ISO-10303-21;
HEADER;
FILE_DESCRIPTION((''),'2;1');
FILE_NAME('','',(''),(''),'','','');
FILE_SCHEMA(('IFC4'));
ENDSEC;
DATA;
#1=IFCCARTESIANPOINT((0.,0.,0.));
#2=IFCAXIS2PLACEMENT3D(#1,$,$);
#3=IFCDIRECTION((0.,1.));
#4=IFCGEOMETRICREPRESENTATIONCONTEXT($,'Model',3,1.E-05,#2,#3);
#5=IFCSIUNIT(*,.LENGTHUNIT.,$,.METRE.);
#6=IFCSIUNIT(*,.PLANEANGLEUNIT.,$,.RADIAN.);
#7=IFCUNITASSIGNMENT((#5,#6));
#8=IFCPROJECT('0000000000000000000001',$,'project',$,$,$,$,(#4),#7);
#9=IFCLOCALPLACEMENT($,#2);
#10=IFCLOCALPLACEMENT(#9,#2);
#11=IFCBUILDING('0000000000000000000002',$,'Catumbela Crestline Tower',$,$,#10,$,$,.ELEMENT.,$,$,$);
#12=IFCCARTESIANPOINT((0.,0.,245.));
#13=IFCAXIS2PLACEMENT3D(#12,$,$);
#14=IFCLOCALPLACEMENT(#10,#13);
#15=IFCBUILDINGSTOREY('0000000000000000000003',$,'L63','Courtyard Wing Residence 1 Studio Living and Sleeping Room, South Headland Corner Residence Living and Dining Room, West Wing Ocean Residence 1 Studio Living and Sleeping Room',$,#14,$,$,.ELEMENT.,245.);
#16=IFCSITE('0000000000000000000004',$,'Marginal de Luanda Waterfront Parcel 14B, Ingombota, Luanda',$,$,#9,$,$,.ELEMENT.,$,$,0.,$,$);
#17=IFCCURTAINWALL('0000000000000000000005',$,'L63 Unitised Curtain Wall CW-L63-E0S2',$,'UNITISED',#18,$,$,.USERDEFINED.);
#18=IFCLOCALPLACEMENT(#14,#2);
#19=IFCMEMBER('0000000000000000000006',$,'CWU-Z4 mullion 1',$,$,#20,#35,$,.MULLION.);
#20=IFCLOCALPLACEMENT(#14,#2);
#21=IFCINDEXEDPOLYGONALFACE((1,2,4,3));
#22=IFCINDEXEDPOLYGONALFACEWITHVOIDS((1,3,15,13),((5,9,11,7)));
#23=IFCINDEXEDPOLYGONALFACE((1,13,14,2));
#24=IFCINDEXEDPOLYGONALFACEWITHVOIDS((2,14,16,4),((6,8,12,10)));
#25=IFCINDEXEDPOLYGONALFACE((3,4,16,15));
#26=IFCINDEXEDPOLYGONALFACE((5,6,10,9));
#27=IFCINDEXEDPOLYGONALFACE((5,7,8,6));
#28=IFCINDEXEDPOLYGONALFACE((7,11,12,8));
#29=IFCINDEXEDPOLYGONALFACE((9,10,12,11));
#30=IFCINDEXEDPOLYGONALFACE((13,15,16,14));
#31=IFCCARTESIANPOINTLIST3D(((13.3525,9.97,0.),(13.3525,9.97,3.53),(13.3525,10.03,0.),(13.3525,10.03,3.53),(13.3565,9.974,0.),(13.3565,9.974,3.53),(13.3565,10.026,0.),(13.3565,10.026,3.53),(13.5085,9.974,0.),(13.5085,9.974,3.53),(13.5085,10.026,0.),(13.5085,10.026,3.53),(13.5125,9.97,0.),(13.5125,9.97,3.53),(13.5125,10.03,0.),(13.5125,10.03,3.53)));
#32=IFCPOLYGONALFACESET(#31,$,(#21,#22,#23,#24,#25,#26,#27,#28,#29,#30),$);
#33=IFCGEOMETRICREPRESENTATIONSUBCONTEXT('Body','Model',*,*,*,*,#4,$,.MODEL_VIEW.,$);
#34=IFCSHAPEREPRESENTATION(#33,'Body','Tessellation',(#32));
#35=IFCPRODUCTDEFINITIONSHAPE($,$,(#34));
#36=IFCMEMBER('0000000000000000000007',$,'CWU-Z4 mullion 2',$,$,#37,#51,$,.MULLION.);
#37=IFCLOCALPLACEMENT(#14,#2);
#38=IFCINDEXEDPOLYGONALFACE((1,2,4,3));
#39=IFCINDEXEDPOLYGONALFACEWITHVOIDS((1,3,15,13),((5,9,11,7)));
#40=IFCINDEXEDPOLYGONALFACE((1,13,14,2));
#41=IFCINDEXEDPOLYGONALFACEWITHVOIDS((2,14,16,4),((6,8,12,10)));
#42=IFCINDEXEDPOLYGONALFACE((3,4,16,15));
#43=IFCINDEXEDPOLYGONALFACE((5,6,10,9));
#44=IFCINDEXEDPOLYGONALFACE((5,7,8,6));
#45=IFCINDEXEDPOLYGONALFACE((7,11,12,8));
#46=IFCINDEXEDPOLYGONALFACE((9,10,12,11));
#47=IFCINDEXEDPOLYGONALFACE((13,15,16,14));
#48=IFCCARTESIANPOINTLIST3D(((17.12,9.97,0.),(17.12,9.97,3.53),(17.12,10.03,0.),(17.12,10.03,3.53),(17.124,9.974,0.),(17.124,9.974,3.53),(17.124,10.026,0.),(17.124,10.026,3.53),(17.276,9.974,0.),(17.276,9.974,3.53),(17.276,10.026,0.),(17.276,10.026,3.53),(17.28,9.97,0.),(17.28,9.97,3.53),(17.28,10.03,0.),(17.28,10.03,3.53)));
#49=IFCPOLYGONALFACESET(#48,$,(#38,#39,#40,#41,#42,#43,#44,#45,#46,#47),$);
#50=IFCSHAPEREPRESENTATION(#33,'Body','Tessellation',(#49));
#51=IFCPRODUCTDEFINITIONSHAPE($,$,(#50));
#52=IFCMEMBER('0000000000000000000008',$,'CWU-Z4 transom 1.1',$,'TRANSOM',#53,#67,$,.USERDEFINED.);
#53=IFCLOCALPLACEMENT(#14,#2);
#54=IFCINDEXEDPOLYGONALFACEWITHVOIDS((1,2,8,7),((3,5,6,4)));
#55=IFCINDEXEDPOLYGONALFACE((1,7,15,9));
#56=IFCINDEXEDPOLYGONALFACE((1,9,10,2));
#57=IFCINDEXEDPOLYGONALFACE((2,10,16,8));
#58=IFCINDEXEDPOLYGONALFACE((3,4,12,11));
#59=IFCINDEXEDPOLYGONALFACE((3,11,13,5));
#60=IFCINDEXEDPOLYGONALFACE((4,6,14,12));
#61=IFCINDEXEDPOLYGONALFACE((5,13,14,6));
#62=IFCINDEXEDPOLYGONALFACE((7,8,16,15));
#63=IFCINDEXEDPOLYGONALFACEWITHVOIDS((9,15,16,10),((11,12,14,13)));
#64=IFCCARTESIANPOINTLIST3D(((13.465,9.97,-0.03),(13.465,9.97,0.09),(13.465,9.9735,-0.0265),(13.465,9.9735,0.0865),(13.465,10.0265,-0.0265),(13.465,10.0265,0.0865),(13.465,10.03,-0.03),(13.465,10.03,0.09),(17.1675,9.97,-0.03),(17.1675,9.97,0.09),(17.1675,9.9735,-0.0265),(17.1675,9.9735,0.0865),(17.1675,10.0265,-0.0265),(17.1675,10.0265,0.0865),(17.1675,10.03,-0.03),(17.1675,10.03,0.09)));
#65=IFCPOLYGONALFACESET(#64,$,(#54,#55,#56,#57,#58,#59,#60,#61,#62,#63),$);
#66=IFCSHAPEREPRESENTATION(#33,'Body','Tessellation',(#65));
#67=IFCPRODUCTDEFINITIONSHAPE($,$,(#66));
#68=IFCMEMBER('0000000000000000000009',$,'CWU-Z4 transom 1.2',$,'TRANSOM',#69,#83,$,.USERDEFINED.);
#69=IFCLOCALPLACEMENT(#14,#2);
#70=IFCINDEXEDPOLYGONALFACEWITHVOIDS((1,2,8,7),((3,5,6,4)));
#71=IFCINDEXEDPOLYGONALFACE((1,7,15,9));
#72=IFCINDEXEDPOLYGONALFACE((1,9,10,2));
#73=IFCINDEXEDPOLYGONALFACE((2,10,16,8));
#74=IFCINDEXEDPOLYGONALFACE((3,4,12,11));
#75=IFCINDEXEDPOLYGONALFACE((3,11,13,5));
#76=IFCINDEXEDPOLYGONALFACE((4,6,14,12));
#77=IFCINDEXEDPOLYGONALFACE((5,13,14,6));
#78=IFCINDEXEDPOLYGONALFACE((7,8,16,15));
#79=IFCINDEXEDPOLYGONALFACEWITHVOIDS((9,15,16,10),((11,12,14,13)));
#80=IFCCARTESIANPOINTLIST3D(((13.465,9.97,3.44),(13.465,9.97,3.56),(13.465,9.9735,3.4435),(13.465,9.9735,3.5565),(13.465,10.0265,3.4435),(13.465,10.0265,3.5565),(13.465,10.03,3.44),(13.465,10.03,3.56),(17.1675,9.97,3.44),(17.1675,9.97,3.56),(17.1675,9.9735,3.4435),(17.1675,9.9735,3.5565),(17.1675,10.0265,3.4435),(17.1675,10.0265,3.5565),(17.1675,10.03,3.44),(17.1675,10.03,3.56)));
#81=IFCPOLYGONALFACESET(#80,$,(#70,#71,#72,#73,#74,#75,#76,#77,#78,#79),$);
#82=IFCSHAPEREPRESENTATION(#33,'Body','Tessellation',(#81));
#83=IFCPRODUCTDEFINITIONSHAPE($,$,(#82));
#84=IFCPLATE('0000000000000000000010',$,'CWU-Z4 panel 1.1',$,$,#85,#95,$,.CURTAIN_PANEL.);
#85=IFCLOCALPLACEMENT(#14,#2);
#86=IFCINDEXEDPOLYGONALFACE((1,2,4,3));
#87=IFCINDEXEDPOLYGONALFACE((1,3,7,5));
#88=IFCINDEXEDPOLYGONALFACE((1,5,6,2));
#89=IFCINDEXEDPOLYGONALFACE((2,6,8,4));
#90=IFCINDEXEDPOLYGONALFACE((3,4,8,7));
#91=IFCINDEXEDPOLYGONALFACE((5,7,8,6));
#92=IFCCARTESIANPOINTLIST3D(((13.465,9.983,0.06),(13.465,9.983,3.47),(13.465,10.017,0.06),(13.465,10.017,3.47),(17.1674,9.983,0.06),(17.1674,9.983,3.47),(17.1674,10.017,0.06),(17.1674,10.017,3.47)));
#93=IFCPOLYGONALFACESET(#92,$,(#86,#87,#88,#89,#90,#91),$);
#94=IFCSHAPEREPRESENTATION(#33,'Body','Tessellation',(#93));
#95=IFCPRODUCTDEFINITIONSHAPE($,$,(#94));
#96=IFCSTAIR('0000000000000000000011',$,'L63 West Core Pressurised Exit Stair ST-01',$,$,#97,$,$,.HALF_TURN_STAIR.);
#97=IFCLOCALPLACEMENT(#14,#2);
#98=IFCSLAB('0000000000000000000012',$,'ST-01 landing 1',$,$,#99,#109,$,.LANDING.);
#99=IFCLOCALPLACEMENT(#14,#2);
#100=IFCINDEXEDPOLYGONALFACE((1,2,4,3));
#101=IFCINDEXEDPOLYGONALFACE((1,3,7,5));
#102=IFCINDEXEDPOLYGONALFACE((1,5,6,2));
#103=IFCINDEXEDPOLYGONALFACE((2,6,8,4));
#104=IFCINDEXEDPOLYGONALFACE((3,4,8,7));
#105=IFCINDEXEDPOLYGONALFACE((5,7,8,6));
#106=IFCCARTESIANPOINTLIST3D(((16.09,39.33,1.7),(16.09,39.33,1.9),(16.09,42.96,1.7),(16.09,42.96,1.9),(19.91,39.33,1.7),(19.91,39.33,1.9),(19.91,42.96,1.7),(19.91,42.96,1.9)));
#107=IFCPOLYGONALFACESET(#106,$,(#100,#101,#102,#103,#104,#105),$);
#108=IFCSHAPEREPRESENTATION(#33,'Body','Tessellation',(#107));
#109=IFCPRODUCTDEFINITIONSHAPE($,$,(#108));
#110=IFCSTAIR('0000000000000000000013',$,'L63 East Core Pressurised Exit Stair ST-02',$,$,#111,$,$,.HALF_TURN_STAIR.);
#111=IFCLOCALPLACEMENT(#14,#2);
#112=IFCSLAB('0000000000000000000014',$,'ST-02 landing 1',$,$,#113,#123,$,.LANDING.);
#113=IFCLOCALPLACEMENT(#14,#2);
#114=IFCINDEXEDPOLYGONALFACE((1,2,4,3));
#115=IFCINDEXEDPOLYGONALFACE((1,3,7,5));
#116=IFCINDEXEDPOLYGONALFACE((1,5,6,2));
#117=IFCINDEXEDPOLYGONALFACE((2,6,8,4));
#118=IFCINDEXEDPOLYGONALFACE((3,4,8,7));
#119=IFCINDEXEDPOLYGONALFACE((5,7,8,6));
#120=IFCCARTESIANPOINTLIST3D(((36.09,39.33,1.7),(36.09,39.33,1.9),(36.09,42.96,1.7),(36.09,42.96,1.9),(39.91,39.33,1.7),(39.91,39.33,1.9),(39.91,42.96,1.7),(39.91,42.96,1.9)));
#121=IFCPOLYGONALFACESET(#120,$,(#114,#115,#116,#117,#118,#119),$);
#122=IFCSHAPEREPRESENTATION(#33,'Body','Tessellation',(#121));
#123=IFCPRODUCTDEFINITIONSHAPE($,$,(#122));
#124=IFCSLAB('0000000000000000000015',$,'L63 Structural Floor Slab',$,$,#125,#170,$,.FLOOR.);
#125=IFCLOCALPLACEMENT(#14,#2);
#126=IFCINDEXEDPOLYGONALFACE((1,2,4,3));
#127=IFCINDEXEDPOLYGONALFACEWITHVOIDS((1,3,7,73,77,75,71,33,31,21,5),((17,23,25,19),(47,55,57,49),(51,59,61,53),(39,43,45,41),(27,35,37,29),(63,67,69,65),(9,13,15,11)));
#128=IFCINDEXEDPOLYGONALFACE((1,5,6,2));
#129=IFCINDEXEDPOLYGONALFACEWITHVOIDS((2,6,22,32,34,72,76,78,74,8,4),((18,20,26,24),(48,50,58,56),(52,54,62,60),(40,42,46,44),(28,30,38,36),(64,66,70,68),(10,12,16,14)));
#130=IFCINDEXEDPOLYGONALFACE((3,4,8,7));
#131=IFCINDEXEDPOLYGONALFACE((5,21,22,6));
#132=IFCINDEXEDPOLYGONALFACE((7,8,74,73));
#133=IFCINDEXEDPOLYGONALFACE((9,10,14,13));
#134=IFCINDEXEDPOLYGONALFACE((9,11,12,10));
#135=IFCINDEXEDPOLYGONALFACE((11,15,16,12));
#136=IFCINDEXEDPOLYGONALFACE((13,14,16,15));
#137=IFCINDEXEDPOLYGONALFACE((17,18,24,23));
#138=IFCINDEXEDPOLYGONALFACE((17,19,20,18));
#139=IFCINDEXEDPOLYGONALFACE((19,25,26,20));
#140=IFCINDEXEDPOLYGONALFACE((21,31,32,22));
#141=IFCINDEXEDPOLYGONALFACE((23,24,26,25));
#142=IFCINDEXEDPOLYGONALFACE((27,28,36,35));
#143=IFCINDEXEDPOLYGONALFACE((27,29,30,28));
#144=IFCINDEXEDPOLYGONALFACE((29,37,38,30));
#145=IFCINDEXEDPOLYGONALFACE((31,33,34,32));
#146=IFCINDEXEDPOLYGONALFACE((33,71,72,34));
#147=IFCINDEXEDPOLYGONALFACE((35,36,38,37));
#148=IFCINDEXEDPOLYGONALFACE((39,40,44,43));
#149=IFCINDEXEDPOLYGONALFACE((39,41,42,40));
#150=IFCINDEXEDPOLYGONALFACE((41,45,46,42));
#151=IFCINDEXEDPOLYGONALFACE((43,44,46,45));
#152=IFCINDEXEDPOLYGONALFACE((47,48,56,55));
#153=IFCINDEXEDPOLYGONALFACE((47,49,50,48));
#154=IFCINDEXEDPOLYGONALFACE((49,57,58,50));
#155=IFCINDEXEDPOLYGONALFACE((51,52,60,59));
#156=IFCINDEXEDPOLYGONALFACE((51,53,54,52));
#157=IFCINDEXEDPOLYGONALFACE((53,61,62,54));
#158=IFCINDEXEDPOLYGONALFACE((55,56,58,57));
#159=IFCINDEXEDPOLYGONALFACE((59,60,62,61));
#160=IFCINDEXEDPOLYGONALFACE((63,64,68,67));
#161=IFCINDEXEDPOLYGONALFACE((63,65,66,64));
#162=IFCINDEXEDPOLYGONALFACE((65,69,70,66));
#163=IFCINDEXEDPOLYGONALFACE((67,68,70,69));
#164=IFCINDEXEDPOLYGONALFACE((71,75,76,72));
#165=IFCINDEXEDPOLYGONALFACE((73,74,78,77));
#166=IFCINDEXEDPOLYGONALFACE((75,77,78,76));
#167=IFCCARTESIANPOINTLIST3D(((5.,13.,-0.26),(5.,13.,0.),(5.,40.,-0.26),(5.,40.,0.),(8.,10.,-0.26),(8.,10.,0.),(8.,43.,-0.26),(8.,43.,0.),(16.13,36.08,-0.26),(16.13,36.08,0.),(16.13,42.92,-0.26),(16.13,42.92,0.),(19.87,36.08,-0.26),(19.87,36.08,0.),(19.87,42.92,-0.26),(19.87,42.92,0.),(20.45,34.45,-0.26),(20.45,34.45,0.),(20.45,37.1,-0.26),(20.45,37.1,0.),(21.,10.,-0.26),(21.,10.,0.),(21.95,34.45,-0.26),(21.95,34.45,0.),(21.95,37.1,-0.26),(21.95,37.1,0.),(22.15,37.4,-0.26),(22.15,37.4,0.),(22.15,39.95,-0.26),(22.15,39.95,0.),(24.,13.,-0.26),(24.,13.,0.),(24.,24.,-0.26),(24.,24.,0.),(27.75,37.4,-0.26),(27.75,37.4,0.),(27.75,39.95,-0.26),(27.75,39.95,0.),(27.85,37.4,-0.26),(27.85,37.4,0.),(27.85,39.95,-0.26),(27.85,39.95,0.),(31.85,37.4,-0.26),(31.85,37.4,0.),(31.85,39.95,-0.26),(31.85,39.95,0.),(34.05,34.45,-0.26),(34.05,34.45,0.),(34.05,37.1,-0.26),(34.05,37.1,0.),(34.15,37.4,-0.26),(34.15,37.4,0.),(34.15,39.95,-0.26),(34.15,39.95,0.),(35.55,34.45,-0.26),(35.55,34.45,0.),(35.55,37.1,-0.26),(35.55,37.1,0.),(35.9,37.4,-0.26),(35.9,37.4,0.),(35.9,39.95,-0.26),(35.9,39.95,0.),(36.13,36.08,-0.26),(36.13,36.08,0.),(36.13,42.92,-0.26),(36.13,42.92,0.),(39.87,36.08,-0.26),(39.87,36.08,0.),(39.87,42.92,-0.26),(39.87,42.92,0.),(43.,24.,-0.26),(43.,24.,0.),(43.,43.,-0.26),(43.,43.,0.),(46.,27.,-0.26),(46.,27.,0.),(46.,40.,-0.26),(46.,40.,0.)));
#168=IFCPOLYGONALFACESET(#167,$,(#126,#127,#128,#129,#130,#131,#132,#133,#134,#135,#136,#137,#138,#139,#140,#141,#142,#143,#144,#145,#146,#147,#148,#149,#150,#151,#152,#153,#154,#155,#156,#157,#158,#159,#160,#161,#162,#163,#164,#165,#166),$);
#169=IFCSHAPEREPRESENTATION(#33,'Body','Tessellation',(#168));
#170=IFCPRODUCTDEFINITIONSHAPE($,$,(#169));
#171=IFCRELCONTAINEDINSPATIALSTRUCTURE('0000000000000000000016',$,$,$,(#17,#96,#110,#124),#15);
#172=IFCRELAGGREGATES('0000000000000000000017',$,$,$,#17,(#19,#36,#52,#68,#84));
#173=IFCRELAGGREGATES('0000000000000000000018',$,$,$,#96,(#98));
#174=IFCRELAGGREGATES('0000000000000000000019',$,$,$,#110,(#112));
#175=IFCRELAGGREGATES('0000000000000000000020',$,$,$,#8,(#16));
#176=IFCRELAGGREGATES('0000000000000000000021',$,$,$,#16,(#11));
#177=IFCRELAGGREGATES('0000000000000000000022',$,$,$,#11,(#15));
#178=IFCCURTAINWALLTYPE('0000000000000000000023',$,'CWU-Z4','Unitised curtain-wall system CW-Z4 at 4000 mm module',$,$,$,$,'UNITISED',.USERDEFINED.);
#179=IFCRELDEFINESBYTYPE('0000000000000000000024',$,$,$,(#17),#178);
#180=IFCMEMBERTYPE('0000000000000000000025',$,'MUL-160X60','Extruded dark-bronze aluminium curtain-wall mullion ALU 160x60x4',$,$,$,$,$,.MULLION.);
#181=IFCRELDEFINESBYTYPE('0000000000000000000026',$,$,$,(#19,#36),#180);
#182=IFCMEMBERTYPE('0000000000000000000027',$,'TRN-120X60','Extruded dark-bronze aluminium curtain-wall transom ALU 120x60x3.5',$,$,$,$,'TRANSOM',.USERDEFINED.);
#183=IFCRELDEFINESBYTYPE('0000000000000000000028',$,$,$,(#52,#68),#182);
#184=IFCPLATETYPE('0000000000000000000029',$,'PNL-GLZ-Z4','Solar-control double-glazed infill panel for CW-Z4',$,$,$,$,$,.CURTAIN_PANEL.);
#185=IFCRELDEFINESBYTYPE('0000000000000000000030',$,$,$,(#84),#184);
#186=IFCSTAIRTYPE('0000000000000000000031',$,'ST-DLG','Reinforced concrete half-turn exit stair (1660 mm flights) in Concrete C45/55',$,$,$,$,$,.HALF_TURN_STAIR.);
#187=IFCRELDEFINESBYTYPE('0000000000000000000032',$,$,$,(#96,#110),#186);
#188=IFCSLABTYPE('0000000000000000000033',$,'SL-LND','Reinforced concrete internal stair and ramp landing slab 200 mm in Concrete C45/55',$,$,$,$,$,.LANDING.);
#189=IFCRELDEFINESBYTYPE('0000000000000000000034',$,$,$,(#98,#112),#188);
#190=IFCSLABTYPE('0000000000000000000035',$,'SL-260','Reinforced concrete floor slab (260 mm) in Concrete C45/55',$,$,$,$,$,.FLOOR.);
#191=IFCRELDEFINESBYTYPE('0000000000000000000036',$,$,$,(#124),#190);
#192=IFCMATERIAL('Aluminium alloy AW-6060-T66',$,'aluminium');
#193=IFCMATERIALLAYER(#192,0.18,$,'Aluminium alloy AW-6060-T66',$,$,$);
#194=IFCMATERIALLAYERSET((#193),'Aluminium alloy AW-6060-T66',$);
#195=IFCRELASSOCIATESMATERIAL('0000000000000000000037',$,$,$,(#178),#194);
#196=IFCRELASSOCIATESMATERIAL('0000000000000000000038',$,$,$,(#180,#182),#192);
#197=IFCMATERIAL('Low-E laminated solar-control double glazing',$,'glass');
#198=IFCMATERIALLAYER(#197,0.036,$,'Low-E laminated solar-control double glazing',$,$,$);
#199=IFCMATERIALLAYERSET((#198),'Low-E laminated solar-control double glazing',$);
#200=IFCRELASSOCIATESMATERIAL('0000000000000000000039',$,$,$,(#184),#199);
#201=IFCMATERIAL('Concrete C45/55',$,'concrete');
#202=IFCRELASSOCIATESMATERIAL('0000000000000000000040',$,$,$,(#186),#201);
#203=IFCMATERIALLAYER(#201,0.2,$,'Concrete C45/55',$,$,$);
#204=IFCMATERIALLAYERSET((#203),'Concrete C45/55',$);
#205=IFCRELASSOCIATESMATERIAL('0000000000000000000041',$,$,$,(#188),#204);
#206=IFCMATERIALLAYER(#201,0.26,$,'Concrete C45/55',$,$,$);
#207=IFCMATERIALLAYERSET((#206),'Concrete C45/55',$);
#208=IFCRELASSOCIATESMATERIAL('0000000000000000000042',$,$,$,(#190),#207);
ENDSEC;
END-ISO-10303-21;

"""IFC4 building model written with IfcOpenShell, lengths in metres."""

from ifc_helpers import new_model, si_unit, direction, frame, origin, origin_2d, place, context, subcontext, project, spatial, polyline, rectangle, hollow_rectangle, outline, extrude, material, layer, layer_set, material_profile, profile_set, type_object, element, aggregate, save


model = new_model("IFC4")

# Units and contexts
model_context = context("Model", 3, precision=1e-05, world=origin(), true_north=direction((0.0, 1.0)))
body_context = subcontext(model_context, "Body", "Model", "MODEL_VIEW")
ifc_project = project(units=[si_unit("LENGTHUNIT", "METRE"), si_unit("PLANEANGLEUNIT", "RADIAN")], contexts=[model_context])

# Site, building, storey
site_placement = place(None, origin())
site = spatial("IfcSite", under=ifc_project, at=site_placement, Name="Marginal de Luanda Waterfront Parcel 14B, Ingombota, Luanda", CompositionType="ELEMENT", RefElevation=0.0)
building_placement = place(site_placement, origin())
building = spatial("IfcBuilding", under=site, at=building_placement, Name="Catumbela Crestline Tower", CompositionType="ELEMENT")
storey_placement = place(building_placement, frame((0.0, 0.0, 245.0)))
storey = spatial("IfcBuildingStorey", under=building, at=storey_placement, Name="L63", Description="Courtyard Wing Residence 1 Studio Living and Sleeping Room, South Headland Corner Residence Living and Dining Room, West Wing Ocean Residence 1 Studio Living and Sleeping Room", CompositionType="ELEMENT", Elevation=245.0)

# Curtain wall, members, plate
ifc_material_1 = material(Name="Aluminium alloy AW-6060-T66", Category="aluminium")
ifc_layer_1 = layer(ifc_material_1, 0.18, Name="Aluminium alloy AW-6060-T66")
ifc_layer_set_1 = layer_set([ifc_layer_1], Name="Aluminium alloy AW-6060-T66")
curtain_wall_type = type_object("IfcCurtainWallType", Name="CWU-Z4", Description="Unitised curtain-wall system CW-Z4 at 4000 mm module", ElementType="UNITISED", PredefinedType="USERDEFINED", material=ifc_layer_set_1)
curtain_wall_placement = place(storey_placement, origin())
curtain_wall = element("IfcCurtainWall", 1, at=curtain_wall_placement, inside=storey, type_object=curtain_wall_type, Name="L63 Unitised Curtain Wall CW-L63-E0S2", ObjectType="UNITISED", PredefinedType="USERDEFINED")
ifc_material_profile_1 = material_profile(ifc_material_1, hollow_rectangle(XDim=0.06, YDim=0.16, WallThickness=0.004, at=origin_2d()), Name="ALU 160x60x4")
ifc_profile_set_1 = profile_set([ifc_material_profile_1], Name="Aluminium alloy AW-6060-T66")
member_type_1 = type_object("IfcMemberType", Name="MUL-160X60", Description="Extruded dark-bronze aluminium curtain-wall mullion ALU 160x60x4", PredefinedType="MULLION", material=ifc_profile_set_1)
member_1_placement = place(storey_placement, frame((13.4325, 10.0, 0.0), z_axis=(0.0, 0.0, 1.0), x_axis=(0.0, 1.0, 0.0)))
member_1 = element("IfcMember", 2, at=member_1_placement, type_object=member_type_1, Name="CWU-Z4 mullion 1", PredefinedType="MULLION", context=body_context, shape_type="SweptSolid", body=[
    extrude(hollow_rectangle(XDim=0.06, YDim=0.16, WallThickness=0.004, at=origin_2d()), origin(), (0.0, 0.0, 1.0), 3.53),
])
member_2_placement = place(storey_placement, frame((17.2, 10.0, 0.0), z_axis=(0.0, 0.0, 1.0), x_axis=(0.0, 1.0, 0.0)))
member_2 = element("IfcMember", 3, at=member_2_placement, type_object=member_type_1, Name="CWU-Z4 mullion 2", PredefinedType="MULLION", context=body_context, shape_type="SweptSolid", body=[
    extrude(hollow_rectangle(XDim=0.06, YDim=0.16, WallThickness=0.004, at=origin_2d()), origin(), (0.0, 0.0, 1.0), 3.53),
])
ifc_material_profile_2 = material_profile(ifc_material_1, hollow_rectangle(XDim=0.06, YDim=0.12, WallThickness=0.0035, at=origin_2d()), Name="ALU 120x60x3.5")
ifc_profile_set_2 = profile_set([ifc_material_profile_2], Name="Aluminium alloy AW-6060-T66")
member_type_2 = type_object("IfcMemberType", Name="TRN-120X60", Description="Extruded dark-bronze aluminium curtain-wall transom ALU 120x60x3.5", ElementType="TRANSOM", PredefinedType="USERDEFINED", material=ifc_profile_set_2)
member_3_placement = place(storey_placement, frame((13.465, 10.0, 0.03), z_axis=(1.0, 0.0, 0.0), x_axis=(0.0, 1.0, 0.0)))
member_3 = element("IfcMember", 4, at=member_3_placement, type_object=member_type_2, Name="CWU-Z4 transom 1.1", ObjectType="TRANSOM", PredefinedType="USERDEFINED", context=body_context, shape_type="SweptSolid", body=[
    extrude(hollow_rectangle(XDim=0.06, YDim=0.12, WallThickness=0.0035, at=origin_2d()), origin(), (0.0, 0.0, 1.0), 3.7025),
])
member_4_placement = place(storey_placement, frame((13.465, 10.0, 3.5), z_axis=(1.0, 0.0, 0.0), x_axis=(0.0, 1.0, 0.0)))
member_4 = element("IfcMember", 5, at=member_4_placement, type_object=member_type_2, Name="CWU-Z4 transom 1.2", ObjectType="TRANSOM", PredefinedType="USERDEFINED", context=body_context, shape_type="SweptSolid", body=[
    extrude(hollow_rectangle(XDim=0.06, YDim=0.12, WallThickness=0.0035, at=origin_2d()), origin(), (0.0, 0.0, 1.0), 3.7025),
])
ifc_material_2 = material(Name="Low-E laminated solar-control double glazing", Category="glass")
ifc_layer_2 = layer(ifc_material_2, 0.036, Name="Low-E laminated solar-control double glazing")
ifc_layer_set_2 = layer_set([ifc_layer_2], Name="Low-E laminated solar-control double glazing")
plate_type = type_object("IfcPlateType", Name="PNL-GLZ-Z4", Description="Solar-control double-glazed infill panel for CW-Z4", PredefinedType="CURTAIN_PANEL", material=ifc_layer_set_2)
plate_placement = place(storey_placement, frame((15.3162, 10.0, 0.06), z_axis=(0.0, 0.0, 1.0), x_axis=(1.0, 0.0, 0.0)))
plate = element("IfcPlate", 6, at=plate_placement, type_object=plate_type, Name="CWU-Z4 panel 1.1", PredefinedType="CURTAIN_PANEL", context=body_context, shape_type="SweptSolid", body=[
    extrude(rectangle(XDim=3.7025, YDim=0.034, at=origin_2d()), origin(), (0.0, 0.0, 1.0), 3.41),
])
aggregate(curtain_wall, [member_1, member_2, member_3, member_4, plate])

# Stairs, slabs
ifc_material_3 = material(Name="Concrete C45/55", Category="concrete")
stair_type = type_object("IfcStairType", Name="ST-DLG", Description="Reinforced concrete half-turn exit stair (1660 mm flights) in Concrete C45/55", PredefinedType="HALF_TURN_STAIR", material=ifc_material_3)
stair_1_placement = place(storey_placement, origin())
stair_1 = element("IfcStair", 7, at=stair_1_placement, inside=storey, type_object=stair_type, Name="L63 West Core Pressurised Exit Stair ST-01", PredefinedType="HALF_TURN_STAIR")
ifc_layer_3 = layer(ifc_material_3, 0.2, Name="Concrete C45/55")
ifc_layer_set_3 = layer_set([ifc_layer_3], Name="Concrete C45/55")
slab_type_1 = type_object("IfcSlabType", Name="SL-LND", Description="Reinforced concrete internal stair and ramp landing slab 200 mm in Concrete C45/55", PredefinedType="LANDING", material=ifc_layer_set_3)
slab_1_placement = place(storey_placement, frame((0.0, 0.0, 1.7)))
slab_1 = element("IfcSlab", 8, at=slab_1_placement, type_object=slab_type_1, Name="ST-01 landing 1", PredefinedType="LANDING", context=body_context, shape_type="SweptSolid", body=[
    extrude(outline(polyline([(19.91, 39.33), (19.91, 42.96), (16.09, 42.96), (16.09, 39.33), (19.91, 39.33)])), origin(), (0.0, 0.0, 1.0), 0.2),
])
aggregate(stair_1, [slab_1])
stair_2_placement = place(storey_placement, origin())
stair_2 = element("IfcStair", 9, at=stair_2_placement, inside=storey, type_object=stair_type, Name="L63 East Core Pressurised Exit Stair ST-02", PredefinedType="HALF_TURN_STAIR")
slab_2_placement = place(storey_placement, frame((0.0, 0.0, 1.7)))
slab_2 = element("IfcSlab", 10, at=slab_2_placement, type_object=slab_type_1, Name="ST-02 landing 1", PredefinedType="LANDING", context=body_context, shape_type="SweptSolid", body=[
    extrude(outline(polyline([(39.91, 39.33), (39.91, 42.96), (36.09, 42.96), (36.09, 39.33), (39.91, 39.33)])), origin(), (0.0, 0.0, 1.0), 0.2),
])
aggregate(stair_2, [slab_2])

# Slab
ifc_layer_4 = layer(ifc_material_3, 0.26, Name="Concrete C45/55")
ifc_layer_set_4 = layer_set([ifc_layer_4], Name="Concrete C45/55")
slab_type_2 = type_object("IfcSlabType", Name="SL-260", Description="Reinforced concrete floor slab (260 mm) in Concrete C45/55", PredefinedType="FLOOR", material=ifc_layer_set_4)
slab_3_placement = place(storey_placement, frame((0.0, 0.0, -0.26)))
element("IfcSlab", 11, at=slab_3_placement, inside=storey, type_object=slab_type_2, Name="L63 Structural Floor Slab", PredefinedType="FLOOR", context=body_context, shape_type="SweptSolid", body=[
    extrude(outline(polyline([(8.0, 10.0), (21.0, 10.0), (24.0, 13.0), (24.0, 24.0), (43.0, 24.0), (46.0, 27.0), (46.0, 40.0), (43.0, 43.0), (8.0, 43.0), (5.0, 40.0), (5.0, 13.0), (8.0, 10.0)]), holes=[polyline([(16.13, 36.08), (19.87, 36.08), (19.87, 42.92), (16.13, 42.92), (16.13, 36.08)]), polyline([(36.13, 36.08), (39.87, 36.08), (39.87, 42.92), (36.13, 42.92), (36.13, 36.08)]), polyline([(22.15, 37.4), (27.75, 37.4), (27.75, 39.95), (22.15, 39.95), (22.15, 37.4)]), polyline([(27.85, 37.4), (31.85, 37.4), (31.85, 39.95), (27.85, 39.95), (27.85, 37.4)]), polyline([(20.45, 34.45), (21.95, 34.45), (21.95, 37.1), (20.45, 37.1), (20.45, 34.45)]), polyline([(34.05, 34.45), (35.55, 34.45), (35.55, 37.1), (34.05, 37.1), (34.05, 34.45)]), polyline([(34.15, 37.4), (35.9, 37.4), (35.9, 39.95), (34.15, 39.95), (34.15, 37.4)])]), origin(), (0.0, 0.0, 1.0), 0.26),
])

save(model, "model.ifc")
